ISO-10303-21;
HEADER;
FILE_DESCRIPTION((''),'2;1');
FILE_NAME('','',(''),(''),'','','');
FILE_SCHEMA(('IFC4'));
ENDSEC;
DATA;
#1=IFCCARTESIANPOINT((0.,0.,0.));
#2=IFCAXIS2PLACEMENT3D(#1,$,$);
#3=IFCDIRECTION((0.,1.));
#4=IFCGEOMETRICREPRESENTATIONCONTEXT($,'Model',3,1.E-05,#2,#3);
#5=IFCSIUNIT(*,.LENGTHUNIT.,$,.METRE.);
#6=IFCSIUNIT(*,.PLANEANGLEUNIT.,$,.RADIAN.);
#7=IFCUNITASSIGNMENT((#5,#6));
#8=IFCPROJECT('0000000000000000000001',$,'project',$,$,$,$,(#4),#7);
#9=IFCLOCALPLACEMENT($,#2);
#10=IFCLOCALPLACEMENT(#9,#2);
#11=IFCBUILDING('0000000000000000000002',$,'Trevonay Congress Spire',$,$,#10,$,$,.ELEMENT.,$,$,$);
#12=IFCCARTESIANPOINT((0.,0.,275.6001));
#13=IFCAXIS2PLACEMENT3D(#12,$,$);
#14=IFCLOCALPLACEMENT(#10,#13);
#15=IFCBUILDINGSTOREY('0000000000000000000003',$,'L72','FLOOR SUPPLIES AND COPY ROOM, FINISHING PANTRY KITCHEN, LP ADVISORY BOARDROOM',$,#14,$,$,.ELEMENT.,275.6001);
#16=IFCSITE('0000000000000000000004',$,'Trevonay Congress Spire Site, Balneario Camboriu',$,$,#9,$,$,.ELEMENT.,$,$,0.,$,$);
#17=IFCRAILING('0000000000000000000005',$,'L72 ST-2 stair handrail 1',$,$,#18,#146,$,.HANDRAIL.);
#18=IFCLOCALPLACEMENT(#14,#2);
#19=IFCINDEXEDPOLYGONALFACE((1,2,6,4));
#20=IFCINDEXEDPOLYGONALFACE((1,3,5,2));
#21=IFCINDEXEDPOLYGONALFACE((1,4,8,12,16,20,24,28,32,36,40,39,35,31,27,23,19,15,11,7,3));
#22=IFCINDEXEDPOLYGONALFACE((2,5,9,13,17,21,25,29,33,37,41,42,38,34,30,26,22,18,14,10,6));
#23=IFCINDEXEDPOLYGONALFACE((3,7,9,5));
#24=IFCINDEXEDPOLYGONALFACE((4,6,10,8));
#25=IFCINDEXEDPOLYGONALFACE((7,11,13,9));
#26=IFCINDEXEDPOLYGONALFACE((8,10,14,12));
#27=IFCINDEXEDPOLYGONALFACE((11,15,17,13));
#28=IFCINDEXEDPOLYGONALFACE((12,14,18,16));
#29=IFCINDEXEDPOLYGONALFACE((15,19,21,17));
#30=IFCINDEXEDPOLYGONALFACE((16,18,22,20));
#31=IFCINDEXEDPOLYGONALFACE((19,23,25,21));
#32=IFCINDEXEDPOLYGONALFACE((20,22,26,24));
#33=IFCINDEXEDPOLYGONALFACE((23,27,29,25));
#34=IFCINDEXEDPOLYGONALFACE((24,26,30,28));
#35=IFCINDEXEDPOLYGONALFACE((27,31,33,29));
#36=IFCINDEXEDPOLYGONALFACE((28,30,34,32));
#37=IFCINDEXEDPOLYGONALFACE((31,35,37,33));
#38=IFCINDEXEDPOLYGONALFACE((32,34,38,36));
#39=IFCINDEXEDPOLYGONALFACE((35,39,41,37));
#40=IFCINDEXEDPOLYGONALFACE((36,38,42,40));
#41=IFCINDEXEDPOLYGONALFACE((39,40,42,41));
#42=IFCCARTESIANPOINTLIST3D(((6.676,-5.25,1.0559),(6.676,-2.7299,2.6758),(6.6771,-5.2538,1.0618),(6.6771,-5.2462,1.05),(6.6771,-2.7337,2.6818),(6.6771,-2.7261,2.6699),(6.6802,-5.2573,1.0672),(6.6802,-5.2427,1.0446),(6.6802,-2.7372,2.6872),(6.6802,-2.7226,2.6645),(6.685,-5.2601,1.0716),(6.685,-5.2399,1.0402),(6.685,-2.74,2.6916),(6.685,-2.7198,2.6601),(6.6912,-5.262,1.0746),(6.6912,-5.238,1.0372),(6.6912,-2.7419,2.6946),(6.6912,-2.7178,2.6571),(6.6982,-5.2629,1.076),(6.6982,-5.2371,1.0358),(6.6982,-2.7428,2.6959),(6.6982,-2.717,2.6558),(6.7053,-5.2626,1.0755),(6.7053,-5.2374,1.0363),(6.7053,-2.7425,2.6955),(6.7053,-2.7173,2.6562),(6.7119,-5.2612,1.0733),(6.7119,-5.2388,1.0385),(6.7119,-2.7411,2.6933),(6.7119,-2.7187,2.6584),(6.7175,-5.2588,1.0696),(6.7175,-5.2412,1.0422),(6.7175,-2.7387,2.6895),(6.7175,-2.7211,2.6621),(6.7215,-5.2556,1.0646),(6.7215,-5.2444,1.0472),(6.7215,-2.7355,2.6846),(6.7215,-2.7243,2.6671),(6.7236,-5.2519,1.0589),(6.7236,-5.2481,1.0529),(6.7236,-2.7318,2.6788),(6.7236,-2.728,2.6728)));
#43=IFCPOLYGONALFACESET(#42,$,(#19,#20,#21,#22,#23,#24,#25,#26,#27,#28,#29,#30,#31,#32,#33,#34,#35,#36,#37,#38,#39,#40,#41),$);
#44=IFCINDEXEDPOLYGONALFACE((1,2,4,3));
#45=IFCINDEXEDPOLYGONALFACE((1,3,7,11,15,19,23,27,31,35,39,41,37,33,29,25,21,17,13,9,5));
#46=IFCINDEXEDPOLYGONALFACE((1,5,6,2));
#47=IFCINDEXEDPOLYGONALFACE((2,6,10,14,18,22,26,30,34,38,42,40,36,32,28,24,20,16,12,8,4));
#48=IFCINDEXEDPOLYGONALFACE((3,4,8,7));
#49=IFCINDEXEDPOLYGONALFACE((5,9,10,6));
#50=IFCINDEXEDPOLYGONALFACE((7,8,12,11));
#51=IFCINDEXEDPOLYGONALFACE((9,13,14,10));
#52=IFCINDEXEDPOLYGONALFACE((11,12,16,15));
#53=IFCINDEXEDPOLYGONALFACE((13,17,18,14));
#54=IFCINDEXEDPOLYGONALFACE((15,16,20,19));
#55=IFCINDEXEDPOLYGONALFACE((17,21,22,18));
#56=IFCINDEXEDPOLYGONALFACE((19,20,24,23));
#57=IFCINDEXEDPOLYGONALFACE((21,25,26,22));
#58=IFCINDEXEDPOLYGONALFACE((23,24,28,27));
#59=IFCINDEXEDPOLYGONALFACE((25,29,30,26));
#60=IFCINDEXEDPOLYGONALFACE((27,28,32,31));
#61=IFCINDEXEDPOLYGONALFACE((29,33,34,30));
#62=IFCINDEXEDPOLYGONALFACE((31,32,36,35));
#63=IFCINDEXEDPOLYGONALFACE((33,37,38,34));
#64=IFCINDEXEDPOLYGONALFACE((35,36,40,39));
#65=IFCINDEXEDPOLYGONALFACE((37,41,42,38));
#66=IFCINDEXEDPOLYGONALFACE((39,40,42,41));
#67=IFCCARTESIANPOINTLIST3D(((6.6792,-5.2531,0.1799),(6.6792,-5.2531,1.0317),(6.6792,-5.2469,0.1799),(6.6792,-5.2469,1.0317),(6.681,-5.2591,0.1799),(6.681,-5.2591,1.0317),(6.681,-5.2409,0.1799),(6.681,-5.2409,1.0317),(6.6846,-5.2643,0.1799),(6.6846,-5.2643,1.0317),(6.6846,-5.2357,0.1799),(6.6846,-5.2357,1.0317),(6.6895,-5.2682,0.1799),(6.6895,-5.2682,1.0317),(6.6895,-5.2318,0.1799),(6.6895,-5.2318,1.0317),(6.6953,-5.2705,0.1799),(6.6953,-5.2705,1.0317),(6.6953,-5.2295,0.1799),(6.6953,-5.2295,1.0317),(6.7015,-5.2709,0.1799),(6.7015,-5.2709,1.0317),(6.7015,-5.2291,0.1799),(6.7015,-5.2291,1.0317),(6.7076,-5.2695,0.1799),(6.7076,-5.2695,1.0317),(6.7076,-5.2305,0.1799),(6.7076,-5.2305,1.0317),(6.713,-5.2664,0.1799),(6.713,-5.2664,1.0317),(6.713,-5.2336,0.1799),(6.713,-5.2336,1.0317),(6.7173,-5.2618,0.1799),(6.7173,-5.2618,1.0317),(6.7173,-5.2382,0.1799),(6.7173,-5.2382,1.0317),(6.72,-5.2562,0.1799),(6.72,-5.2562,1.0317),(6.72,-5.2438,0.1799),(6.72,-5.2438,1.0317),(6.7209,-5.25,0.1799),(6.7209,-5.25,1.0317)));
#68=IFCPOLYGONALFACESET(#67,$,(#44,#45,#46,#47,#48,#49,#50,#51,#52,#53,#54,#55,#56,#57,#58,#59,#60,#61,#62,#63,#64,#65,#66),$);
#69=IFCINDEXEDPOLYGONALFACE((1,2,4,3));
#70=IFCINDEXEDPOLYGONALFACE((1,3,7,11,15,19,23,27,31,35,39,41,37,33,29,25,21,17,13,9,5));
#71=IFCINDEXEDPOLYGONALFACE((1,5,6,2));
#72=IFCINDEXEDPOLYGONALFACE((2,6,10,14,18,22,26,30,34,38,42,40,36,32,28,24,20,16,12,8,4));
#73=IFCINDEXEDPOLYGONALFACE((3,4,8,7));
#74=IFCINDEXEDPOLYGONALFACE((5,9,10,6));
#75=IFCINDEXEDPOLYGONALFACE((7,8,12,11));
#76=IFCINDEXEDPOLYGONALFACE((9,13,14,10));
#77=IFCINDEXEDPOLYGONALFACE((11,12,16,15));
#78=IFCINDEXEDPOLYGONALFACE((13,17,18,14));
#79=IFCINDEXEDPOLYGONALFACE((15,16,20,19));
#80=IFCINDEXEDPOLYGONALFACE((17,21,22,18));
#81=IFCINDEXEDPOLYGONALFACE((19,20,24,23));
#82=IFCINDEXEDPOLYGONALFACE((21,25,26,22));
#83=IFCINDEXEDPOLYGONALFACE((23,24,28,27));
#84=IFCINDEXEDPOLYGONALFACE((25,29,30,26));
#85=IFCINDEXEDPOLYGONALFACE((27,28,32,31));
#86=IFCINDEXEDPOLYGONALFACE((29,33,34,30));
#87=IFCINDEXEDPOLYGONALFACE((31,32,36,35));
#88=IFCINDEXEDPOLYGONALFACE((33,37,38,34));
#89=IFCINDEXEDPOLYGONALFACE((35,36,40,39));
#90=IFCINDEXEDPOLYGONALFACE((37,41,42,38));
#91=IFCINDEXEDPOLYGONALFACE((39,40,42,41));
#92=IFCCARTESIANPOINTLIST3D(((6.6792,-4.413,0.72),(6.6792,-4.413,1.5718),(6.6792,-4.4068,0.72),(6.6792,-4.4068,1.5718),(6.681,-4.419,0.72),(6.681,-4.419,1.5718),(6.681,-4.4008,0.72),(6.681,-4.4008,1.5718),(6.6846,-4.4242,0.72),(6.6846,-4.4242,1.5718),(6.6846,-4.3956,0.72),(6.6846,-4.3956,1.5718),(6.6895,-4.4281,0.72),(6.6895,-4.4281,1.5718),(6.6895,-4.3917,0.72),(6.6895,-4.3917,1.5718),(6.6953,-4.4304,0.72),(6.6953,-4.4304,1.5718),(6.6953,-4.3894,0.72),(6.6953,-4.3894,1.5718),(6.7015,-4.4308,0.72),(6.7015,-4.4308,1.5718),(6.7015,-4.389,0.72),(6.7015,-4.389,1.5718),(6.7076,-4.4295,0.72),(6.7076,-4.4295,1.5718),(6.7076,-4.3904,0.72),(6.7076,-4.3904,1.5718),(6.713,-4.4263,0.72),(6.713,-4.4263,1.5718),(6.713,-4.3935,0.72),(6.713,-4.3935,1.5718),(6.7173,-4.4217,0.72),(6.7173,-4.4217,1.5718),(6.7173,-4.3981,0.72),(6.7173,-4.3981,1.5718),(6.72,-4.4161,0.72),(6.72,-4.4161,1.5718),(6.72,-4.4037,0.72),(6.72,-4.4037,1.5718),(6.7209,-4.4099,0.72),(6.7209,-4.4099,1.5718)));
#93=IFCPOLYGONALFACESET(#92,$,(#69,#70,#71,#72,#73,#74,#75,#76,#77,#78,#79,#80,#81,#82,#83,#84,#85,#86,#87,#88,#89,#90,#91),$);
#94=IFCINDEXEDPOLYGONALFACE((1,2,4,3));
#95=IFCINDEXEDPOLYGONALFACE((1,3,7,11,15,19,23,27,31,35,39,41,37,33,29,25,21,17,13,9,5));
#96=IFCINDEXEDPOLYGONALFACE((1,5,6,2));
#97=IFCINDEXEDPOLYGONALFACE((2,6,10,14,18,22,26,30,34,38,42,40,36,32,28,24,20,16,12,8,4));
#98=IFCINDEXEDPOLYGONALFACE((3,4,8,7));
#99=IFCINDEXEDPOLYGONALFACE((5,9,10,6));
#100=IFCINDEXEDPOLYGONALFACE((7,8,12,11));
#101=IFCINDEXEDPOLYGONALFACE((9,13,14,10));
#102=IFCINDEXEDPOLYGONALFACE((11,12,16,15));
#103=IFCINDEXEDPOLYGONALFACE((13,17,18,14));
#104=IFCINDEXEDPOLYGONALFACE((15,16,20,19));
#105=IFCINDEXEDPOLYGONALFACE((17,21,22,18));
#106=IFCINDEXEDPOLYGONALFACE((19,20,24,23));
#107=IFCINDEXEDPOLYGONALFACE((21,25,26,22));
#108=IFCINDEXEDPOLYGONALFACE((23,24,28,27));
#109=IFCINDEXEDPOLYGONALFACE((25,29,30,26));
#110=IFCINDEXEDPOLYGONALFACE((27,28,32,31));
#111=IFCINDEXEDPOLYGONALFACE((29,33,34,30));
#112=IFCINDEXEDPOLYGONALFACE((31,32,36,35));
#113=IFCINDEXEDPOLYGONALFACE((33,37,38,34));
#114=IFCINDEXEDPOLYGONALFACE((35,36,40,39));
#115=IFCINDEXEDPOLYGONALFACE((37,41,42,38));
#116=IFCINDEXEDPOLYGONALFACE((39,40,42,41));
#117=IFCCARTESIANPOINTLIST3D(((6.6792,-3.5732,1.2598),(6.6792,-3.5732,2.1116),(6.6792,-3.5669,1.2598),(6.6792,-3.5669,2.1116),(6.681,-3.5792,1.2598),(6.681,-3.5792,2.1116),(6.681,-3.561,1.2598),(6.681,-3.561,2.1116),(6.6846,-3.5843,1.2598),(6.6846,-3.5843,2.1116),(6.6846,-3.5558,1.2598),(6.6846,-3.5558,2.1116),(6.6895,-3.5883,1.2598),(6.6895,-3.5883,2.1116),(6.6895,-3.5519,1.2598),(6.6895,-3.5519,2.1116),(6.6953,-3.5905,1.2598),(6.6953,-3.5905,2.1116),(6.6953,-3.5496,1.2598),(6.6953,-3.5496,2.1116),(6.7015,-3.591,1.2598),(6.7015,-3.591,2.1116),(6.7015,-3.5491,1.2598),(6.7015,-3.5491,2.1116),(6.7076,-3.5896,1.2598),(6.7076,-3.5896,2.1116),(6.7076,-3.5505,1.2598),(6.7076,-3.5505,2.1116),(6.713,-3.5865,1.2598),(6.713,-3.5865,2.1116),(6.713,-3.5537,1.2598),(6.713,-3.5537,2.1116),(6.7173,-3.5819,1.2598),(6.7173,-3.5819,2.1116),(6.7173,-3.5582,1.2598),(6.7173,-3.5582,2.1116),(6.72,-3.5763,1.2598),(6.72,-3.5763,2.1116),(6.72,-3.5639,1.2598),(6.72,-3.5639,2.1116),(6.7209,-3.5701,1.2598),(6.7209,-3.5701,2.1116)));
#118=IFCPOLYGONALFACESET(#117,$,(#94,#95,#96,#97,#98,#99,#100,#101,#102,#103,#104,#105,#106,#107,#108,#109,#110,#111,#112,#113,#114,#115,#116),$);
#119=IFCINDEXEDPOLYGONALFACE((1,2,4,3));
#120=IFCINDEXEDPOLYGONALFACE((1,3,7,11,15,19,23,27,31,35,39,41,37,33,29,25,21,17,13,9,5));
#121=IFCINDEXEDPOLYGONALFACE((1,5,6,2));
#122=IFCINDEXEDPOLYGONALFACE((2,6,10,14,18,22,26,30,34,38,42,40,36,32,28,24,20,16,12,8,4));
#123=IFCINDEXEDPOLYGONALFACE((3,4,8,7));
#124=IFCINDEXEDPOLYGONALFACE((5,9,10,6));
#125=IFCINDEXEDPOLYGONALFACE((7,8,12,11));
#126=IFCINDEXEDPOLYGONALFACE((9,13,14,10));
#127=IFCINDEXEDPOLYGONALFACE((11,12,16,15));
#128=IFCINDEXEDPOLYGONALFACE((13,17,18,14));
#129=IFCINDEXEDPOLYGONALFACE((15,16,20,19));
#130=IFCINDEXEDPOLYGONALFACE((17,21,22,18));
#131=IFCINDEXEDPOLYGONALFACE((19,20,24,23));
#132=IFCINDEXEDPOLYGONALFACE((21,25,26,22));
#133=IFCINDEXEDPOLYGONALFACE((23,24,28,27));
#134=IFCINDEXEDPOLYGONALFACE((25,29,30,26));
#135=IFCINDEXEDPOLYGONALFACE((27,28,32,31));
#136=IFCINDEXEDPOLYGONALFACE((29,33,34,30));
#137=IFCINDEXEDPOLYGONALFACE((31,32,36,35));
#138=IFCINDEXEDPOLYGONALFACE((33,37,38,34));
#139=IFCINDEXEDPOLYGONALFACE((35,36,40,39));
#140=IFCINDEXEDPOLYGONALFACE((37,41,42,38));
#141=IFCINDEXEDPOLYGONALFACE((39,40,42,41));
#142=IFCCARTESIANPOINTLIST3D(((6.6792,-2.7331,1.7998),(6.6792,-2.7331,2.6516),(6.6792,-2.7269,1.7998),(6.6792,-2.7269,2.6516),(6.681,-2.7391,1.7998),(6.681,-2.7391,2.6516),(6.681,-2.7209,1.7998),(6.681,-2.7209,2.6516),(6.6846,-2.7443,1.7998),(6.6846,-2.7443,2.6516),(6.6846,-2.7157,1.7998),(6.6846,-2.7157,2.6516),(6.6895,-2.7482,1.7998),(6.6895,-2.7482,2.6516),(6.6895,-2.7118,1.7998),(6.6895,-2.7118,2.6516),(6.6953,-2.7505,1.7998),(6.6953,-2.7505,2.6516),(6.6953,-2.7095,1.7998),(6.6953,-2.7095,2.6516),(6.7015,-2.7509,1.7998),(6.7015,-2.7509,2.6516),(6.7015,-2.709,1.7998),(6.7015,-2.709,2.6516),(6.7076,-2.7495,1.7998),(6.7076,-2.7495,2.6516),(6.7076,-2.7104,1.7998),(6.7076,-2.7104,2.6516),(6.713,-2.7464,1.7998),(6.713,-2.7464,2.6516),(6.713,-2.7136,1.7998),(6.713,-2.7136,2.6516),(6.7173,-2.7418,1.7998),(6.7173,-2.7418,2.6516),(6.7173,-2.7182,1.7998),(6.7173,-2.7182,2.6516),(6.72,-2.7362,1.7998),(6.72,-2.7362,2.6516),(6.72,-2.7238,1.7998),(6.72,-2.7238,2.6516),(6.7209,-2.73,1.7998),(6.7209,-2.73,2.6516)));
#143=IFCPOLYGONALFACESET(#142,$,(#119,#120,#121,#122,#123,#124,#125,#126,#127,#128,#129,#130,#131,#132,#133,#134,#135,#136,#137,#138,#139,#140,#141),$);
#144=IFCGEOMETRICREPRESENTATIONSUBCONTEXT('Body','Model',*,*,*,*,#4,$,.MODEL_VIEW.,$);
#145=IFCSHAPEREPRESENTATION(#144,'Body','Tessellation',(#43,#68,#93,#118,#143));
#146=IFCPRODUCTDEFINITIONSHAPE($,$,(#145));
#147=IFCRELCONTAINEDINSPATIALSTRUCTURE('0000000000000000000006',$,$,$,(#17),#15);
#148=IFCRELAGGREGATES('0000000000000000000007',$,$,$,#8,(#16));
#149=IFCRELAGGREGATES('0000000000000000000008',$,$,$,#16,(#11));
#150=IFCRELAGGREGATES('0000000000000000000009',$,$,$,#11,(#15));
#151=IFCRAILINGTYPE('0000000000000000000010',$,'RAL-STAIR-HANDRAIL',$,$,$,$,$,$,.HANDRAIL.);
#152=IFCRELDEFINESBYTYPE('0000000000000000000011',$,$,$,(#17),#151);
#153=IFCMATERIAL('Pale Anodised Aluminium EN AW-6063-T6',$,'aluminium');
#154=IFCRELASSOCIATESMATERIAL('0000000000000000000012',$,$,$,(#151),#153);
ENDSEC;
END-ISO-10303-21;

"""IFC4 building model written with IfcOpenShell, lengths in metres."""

from ifc_helpers import new_model, si_unit, direction, frame, origin, origin_2d, place, context, subcontext, project, spatial, circle, extrude, material, type_object, element, save


model = new_model("IFC4")

# Units and contexts
model_context = context("Model", 3, precision=1e-05, world=origin(), true_north=direction((0.0, 1.0)))
body_context = subcontext(model_context, "Body", "Model", "MODEL_VIEW")
ifc_project = project(units=[si_unit("LENGTHUNIT", "METRE"), si_unit("PLANEANGLEUNIT", "RADIAN")], contexts=[model_context])

# Site, building, storey
site_placement = place(None, origin())
site = spatial("IfcSite", under=ifc_project, at=site_placement, Name="Trevonay Congress Spire Site, Balneario Camboriu", CompositionType="ELEMENT", RefElevation=0.0)
building_placement = place(site_placement, origin())
building = spatial("IfcBuilding", under=site, at=building_placement, Name="Trevonay Congress Spire", CompositionType="ELEMENT")
storey_placement = place(building_placement, frame((0.0, 0.0, 275.6001)))
storey = spatial("IfcBuildingStorey", under=building, at=storey_placement, Name="L72", Description="FLOOR SUPPLIES AND COPY ROOM, FINISHING PANTRY KITCHEN, LP ADVISORY BOARDROOM", CompositionType="ELEMENT", Elevation=275.6001)

# Railing
ifc_material_1 = material(Name="Pale Anodised Aluminium EN AW-6063-T6", Category="aluminium")
railing_type_1 = type_object("IfcRailingType", Name="RAL-STAIR-HANDRAIL", PredefinedType="HANDRAIL", material=ifc_material_1)
railing_1_placement = place(storey_placement, frame((6.7, -5.25, 0.1799)))
element("IfcRailing", 1, at=railing_1_placement, inside=storey, type_object=railing_type_1, Name="L72 ST-2 stair handrail 1", PredefinedType="HANDRAIL", context=body_context, shape_type="SweptSolid", body=[
    extrude(circle(Radius=0.0239, at=origin_2d()), frame((0.0, 0.0, 0.876), z_axis=(0.0, 0.8412, 0.540725), x_axis=(-1.0, 0.0, 0.0)), (0.0, 0.0, 1.0), 2.9958),
    extrude(circle(Radius=0.021, at=origin_2d()), origin(), (0.0, 0.0, 1.0), 0.8518),
    extrude(circle(Radius=0.021, at=origin_2d()), frame((0.0, 0.8401, 0.54)), (0.0, 0.0, 1.0), 0.8518),
    extrude(circle(Radius=0.021, at=origin_2d()), frame((0.0, 1.6799, 1.0798)), (0.0, 0.0, 1.0), 0.8518),
    extrude(circle(Radius=0.021, at=origin_2d()), frame((0.0, 2.52, 1.6199)), (0.0, 0.0, 1.0), 0.8518),
])

save(model, "model.ifc")
